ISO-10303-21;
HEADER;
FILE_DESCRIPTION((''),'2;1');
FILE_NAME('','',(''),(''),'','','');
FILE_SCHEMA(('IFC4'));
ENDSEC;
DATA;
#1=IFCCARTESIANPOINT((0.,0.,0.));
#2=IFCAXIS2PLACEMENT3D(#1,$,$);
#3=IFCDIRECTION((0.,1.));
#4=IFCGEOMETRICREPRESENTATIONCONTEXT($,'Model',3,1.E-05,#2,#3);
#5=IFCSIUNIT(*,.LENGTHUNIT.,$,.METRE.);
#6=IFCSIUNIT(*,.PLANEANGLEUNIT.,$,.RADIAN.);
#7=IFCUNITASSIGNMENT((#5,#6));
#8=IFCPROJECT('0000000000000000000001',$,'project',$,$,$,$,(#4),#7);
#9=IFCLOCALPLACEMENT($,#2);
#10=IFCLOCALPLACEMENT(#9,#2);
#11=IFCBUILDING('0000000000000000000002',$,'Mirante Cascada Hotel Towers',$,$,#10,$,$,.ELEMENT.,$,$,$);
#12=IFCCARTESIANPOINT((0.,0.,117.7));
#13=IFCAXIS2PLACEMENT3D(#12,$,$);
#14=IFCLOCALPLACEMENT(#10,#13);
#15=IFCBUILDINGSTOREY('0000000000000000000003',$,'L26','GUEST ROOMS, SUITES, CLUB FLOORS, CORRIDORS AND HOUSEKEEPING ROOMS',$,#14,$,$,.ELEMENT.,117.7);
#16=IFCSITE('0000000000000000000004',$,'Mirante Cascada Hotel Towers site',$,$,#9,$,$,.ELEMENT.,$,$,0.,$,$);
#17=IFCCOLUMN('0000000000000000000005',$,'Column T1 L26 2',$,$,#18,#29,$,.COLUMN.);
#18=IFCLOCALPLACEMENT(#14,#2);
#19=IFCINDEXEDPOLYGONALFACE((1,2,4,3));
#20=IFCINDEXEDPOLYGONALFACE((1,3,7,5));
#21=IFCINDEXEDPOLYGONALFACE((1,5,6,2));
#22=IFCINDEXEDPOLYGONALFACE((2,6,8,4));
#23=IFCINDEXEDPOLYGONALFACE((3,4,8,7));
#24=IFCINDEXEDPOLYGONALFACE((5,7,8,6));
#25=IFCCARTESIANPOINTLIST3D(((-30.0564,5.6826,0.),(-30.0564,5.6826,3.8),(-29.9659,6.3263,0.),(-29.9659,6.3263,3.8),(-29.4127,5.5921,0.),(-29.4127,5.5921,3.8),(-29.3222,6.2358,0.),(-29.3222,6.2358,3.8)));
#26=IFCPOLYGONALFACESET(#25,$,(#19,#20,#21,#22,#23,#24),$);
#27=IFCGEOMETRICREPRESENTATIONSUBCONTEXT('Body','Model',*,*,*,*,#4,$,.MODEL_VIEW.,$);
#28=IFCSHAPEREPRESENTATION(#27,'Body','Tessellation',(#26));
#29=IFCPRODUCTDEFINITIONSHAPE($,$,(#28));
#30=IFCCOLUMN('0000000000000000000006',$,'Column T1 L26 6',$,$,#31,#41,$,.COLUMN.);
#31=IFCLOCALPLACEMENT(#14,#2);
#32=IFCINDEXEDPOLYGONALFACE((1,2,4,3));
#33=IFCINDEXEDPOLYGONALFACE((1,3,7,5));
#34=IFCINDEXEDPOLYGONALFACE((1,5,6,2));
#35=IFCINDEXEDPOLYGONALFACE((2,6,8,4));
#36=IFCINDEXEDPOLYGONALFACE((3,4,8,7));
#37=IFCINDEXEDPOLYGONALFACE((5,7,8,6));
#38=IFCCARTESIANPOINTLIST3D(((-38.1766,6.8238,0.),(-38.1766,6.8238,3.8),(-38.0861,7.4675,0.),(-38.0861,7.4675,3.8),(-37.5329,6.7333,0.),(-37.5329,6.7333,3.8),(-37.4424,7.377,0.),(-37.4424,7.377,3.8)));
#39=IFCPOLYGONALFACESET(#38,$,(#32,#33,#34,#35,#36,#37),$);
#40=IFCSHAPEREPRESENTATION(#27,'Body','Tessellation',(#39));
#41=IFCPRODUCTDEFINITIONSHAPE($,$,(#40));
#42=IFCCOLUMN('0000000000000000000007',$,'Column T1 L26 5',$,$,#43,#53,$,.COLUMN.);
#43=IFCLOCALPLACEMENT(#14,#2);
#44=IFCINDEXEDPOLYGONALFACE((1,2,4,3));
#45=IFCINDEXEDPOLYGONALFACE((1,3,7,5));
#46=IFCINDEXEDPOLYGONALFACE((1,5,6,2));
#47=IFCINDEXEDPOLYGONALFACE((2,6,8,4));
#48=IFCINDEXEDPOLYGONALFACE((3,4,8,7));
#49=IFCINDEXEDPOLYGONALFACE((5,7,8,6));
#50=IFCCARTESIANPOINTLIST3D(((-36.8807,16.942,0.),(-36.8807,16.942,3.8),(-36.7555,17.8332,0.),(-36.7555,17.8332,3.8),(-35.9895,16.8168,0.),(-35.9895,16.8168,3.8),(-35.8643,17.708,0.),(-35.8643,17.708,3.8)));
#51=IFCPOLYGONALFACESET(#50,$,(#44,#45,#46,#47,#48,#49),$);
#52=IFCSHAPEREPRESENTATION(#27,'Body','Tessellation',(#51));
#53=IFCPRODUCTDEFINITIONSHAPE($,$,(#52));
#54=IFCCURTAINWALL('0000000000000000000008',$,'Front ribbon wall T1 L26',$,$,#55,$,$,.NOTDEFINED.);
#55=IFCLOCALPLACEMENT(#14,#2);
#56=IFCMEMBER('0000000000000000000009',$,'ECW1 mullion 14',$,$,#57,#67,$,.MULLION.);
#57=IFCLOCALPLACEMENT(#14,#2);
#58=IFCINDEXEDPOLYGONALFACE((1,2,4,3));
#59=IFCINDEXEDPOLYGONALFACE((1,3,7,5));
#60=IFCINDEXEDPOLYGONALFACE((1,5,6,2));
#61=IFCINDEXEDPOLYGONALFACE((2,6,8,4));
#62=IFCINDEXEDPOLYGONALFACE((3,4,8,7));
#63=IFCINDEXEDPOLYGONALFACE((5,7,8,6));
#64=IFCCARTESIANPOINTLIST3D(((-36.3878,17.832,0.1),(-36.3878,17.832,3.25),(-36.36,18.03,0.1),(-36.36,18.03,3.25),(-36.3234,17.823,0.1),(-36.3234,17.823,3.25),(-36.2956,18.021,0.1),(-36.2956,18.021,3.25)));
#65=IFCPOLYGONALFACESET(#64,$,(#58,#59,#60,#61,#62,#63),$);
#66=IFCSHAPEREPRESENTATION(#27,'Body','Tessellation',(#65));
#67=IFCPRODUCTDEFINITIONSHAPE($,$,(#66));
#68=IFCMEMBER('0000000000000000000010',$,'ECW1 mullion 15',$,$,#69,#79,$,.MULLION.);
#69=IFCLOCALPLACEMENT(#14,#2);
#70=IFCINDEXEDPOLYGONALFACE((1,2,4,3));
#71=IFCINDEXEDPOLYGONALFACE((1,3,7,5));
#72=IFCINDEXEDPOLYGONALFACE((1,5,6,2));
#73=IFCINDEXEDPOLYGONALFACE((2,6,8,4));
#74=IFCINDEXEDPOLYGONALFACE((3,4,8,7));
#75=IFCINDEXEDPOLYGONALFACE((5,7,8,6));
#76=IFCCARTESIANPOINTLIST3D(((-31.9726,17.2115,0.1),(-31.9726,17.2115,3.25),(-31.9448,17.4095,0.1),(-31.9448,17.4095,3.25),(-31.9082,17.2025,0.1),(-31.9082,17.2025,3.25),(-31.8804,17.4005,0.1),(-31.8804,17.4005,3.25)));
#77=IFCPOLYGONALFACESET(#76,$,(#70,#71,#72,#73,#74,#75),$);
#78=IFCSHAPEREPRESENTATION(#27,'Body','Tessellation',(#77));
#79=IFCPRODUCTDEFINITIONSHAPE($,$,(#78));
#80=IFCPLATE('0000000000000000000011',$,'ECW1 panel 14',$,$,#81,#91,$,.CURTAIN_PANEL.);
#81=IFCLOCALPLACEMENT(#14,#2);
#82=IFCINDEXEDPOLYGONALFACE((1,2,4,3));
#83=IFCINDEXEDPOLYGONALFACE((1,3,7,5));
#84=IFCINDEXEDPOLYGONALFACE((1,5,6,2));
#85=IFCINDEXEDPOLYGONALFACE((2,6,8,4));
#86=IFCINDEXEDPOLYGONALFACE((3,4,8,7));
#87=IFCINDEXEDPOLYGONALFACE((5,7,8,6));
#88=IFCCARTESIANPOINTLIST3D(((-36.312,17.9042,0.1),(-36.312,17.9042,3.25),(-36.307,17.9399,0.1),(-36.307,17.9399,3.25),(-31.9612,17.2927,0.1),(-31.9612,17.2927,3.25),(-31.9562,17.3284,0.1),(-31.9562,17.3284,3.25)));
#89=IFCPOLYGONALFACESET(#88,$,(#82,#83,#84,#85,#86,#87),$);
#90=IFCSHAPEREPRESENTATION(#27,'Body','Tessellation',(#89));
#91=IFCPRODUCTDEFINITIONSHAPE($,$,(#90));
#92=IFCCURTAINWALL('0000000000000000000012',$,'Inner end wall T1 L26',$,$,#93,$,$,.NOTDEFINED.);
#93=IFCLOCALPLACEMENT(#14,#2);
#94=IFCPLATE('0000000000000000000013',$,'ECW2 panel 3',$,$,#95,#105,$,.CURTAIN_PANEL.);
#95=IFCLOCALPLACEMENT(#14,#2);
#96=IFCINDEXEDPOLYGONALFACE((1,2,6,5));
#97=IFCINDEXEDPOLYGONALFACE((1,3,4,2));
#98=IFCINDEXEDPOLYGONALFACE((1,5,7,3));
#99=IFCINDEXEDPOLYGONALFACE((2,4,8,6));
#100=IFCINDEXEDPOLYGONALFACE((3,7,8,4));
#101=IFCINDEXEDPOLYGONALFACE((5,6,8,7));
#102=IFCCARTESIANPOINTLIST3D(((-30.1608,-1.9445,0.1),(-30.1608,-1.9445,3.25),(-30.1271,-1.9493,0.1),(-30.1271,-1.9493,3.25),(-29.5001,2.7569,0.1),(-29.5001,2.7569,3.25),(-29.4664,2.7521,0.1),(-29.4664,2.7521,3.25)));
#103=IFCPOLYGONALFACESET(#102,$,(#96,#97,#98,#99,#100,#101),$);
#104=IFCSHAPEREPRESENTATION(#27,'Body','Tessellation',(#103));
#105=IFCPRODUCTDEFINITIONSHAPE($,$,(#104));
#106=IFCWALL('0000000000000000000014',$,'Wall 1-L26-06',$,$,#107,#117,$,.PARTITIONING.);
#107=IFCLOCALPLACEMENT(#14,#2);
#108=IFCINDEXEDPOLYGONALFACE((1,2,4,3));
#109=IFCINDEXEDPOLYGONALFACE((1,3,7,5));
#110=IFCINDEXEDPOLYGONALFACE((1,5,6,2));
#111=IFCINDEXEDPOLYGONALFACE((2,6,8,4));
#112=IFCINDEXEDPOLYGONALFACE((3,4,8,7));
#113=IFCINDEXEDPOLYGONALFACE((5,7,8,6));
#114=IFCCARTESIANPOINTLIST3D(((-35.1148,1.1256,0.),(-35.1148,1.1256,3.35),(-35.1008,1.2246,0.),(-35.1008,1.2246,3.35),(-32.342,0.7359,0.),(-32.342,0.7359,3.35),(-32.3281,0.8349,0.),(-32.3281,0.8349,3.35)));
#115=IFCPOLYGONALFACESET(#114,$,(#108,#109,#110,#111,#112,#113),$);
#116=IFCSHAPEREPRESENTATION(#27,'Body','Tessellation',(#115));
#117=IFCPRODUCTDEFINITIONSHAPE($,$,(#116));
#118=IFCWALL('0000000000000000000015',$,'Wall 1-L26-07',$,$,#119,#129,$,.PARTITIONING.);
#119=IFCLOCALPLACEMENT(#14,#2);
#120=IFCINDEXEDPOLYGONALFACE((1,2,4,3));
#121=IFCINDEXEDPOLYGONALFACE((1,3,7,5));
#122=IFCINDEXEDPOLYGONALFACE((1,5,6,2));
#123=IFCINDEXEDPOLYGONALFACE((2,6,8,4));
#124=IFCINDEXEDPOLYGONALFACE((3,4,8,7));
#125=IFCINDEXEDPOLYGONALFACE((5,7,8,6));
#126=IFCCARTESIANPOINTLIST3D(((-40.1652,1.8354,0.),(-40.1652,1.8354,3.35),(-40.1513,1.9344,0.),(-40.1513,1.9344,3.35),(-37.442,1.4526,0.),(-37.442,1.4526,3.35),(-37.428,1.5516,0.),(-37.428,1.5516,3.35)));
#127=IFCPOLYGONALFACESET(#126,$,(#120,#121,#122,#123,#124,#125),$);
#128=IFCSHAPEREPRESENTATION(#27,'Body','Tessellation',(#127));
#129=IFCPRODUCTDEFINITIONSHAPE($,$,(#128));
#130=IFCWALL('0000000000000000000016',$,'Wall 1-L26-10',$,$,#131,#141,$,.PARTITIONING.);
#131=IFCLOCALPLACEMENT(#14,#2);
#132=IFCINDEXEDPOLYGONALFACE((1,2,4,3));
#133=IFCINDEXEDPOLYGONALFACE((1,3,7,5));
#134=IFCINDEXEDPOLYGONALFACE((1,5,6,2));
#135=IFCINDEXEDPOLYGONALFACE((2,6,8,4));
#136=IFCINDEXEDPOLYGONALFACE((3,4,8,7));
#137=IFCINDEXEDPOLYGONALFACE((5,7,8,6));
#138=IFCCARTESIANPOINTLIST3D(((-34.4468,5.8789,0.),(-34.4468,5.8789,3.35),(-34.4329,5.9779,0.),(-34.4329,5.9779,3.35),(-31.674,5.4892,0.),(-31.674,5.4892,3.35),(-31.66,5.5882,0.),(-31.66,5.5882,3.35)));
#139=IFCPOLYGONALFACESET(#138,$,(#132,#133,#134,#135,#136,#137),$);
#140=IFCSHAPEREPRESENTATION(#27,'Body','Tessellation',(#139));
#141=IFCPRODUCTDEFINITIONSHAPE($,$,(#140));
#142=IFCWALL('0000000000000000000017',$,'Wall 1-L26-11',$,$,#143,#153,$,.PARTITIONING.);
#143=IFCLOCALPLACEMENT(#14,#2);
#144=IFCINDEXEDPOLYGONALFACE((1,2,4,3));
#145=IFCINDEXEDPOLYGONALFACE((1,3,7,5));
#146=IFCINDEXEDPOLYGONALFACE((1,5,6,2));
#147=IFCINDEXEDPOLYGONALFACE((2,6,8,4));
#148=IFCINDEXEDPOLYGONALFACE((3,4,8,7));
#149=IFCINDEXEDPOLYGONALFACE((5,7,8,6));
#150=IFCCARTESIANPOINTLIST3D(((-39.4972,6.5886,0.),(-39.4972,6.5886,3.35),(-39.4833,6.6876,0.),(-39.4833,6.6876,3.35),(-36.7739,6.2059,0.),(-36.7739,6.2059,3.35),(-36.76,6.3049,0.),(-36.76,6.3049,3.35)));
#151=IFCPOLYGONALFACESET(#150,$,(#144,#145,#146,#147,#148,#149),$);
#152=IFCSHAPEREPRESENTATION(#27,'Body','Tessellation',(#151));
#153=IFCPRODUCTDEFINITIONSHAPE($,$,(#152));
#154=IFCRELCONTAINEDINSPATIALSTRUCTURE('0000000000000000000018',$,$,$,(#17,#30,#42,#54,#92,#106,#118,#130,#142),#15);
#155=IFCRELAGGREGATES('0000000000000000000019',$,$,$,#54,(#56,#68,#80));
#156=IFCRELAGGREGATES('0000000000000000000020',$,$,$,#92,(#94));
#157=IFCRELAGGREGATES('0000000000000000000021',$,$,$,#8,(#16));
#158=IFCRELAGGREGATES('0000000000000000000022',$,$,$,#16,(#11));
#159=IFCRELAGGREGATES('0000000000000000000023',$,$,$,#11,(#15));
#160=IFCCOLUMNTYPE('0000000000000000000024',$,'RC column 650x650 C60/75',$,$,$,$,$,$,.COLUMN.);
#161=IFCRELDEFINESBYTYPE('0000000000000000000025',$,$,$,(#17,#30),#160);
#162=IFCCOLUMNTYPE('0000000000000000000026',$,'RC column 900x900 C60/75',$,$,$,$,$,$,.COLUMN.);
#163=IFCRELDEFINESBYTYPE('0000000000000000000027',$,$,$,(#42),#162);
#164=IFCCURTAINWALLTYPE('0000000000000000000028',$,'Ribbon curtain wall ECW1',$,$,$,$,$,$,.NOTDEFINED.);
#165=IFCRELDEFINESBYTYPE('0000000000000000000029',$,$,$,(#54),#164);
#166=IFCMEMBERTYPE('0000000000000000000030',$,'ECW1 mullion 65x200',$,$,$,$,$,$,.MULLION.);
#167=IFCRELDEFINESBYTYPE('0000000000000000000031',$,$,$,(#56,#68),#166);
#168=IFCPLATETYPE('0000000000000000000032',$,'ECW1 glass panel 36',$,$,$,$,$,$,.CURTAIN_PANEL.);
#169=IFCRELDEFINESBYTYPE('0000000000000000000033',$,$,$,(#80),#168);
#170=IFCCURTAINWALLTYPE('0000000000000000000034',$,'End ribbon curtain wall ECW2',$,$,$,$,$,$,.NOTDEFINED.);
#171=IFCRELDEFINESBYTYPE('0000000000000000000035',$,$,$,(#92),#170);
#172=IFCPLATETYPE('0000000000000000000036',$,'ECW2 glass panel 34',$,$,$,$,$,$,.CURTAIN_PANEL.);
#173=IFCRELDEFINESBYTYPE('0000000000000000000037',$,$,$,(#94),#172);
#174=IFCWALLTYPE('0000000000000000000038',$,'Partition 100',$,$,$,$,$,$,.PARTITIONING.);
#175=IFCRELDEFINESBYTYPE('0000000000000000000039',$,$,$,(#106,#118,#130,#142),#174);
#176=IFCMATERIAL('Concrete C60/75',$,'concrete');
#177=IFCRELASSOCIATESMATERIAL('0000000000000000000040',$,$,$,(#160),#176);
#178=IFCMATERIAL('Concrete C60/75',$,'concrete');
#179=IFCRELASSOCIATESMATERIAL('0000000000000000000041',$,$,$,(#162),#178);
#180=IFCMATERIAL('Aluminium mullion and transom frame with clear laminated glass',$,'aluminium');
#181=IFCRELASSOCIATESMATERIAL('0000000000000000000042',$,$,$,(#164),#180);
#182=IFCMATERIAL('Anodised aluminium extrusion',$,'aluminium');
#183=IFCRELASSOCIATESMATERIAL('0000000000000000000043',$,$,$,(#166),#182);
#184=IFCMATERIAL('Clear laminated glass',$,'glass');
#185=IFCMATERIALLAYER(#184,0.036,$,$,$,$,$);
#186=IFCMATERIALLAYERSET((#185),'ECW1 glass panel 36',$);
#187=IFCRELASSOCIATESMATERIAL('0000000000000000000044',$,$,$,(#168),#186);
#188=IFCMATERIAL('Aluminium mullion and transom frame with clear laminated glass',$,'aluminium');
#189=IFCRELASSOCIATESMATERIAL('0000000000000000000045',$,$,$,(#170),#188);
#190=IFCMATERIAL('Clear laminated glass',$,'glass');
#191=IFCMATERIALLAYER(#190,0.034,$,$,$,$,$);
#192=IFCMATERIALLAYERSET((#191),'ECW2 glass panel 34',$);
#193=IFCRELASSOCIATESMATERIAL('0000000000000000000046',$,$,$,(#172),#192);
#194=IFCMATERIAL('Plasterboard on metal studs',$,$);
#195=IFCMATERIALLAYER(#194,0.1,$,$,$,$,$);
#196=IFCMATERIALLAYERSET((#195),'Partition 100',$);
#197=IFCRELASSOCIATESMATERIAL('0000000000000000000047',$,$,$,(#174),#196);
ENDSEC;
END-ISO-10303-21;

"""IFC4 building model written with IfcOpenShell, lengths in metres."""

from ifc_helpers import new_model, si_unit, direction, frame, frame_2d, origin, origin_2d, place, context, subcontext, project, spatial, rectangle, extrude, material, layer, layer_set, material_profile, profile_set, type_object, element, aggregate, save


model = new_model("IFC4")

# Units and contexts
model_context = context("Model", 3, precision=1e-05, world=origin(), true_north=direction((0.0, 1.0)))
body_context = subcontext(model_context, "Body", "Model", "MODEL_VIEW")
ifc_project = project(units=[si_unit("LENGTHUNIT", "METRE"), si_unit("PLANEANGLEUNIT", "RADIAN")], contexts=[model_context])

# Site, building, storey
site_placement = place(None, origin())
site = spatial("IfcSite", under=ifc_project, at=site_placement, Name="Mirante Cascada Hotel Towers site", CompositionType="ELEMENT", RefElevation=0.0)
building_placement = place(site_placement, origin())
building = spatial("IfcBuilding", under=site, at=building_placement, Name="Mirante Cascada Hotel Towers", CompositionType="ELEMENT")
storey_placement = place(building_placement, frame((0.0, 0.0, 117.7)))
storey = spatial("IfcBuildingStorey", under=building, at=storey_placement, Name="L26", Description="GUEST ROOMS, SUITES, CLUB FLOORS, CORRIDORS AND HOUSEKEEPING ROOMS", CompositionType="ELEMENT", Elevation=117.7)

# Columns
ifc_material_1 = material(Name="Concrete C60/75", Category="concrete")
ifc_material_profile_1 = material_profile(ifc_material_1, rectangle(XDim=0.65, YDim=0.65, at=origin_2d()), Name="RC column 650x650 C60/75")
ifc_profile_set_1 = profile_set([ifc_material_profile_1], Name="Concrete C60/75")
column_type_1 = type_object("IfcColumnType", Name="RC column 650x650 C60/75", PredefinedType="COLUMN", material=ifc_profile_set_1)
for number, where, z_axis, x_axis, name in (
    (1, (-29.6893, 5.9592, 0.0), (0.0, 0.0, 1.0), (-0.990268, 0.139173, 0.0), "Column T1 L26 2"),
    (2, (-37.8095, 7.1004, 0.0), (0.0, 0.0, 1.0), (-0.990268, 0.139173, 0.0), "Column T1 L26 6"),
):
    element("IfcColumn", number, at=place(storey_placement, frame(where, z_axis=z_axis, x_axis=x_axis)), inside=storey, type_object=column_type_1, Name=name, PredefinedType="COLUMN", context=body_context, shape_type="SweptSolid", body=[
        extrude(rectangle(XDim=0.65, YDim=0.65, at=origin_2d()), origin(), (0.0, 0.0, 1.0), 3.8),
    ])
ifc_material_2 = material(Name="Concrete C60/75", Category="concrete")
ifc_material_profile_2 = material_profile(ifc_material_2, rectangle(XDim=0.9, YDim=0.9, at=origin_2d()), Name="RC column 900x900 C60/75")
ifc_profile_set_2 = profile_set([ifc_material_profile_2], Name="Concrete C60/75")
column_type_2 = type_object("IfcColumnType", Name="RC column 900x900 C60/75", PredefinedType="COLUMN", material=ifc_profile_set_2)
column_placement = place(storey_placement, frame((-36.3725, 17.325, 0.0), z_axis=(0.0, 0.0, 1.0), x_axis=(-0.990268, 0.139173, 0.0)))
element("IfcColumn", 3, at=column_placement, inside=storey, type_object=column_type_2, Name="Column T1 L26 5", PredefinedType="COLUMN", context=body_context, shape_type="SweptSolid", body=[
    extrude(rectangle(XDim=0.9, YDim=0.9, at=origin_2d()), origin(), (0.0, 0.0, 1.0), 3.8),
])

# Curtain wall, members, plate
ifc_material_3 = material(Name="Aluminium mullion and transom frame with clear laminated glass", Category="aluminium")
curtain_wall_type_1 = type_object("IfcCurtainWallType", Name="Ribbon curtain wall ECW1", PredefinedType="NOTDEFINED", material=ifc_material_3)
curtain_wall_1_placement = place(storey_placement, origin())
curtain_wall_1 = element("IfcCurtainWall", 4, at=curtain_wall_1_placement, inside=storey, type_object=curtain_wall_type_1, Name="Front ribbon wall T1 L26", PredefinedType="NOTDEFINED")
ifc_material_4 = material(Name="Anodised aluminium extrusion", Category="aluminium")
ifc_material_profile_3 = material_profile(ifc_material_4, rectangle(XDim=0.2, YDim=0.065, at=origin_2d()), Name="ECW1 MULLION 65x200")
ifc_profile_set_3 = profile_set([ifc_material_profile_3], Name="Anodised aluminium extrusion")
member_type = type_object("IfcMemberType", Name="ECW1 mullion 65x200", PredefinedType="MULLION", material=ifc_profile_set_3)
member_1_placement = place(storey_placement, frame((-36.3417, 17.9265, 0.1), z_axis=(0.0, 0.0, 1.0), x_axis=(0.139173, 0.990268, 0.0)))
member_1 = element("IfcMember", 5, at=member_1_placement, type_object=member_type, Name="ECW1 mullion 14", PredefinedType="MULLION", context=body_context, shape_type="SweptSolid", body=[
    extrude(rectangle(XDim=0.2, YDim=0.065, at=origin_2d()), origin(), (0.0, 0.0, 1.0), 3.15),
])
member_2_placement = place(storey_placement, frame((-31.9265, 17.306, 0.1), z_axis=(0.0, 0.0, 1.0), x_axis=(0.139173, 0.990268, 0.0)))
member_2 = element("IfcMember", 6, at=member_2_placement, type_object=member_type, Name="ECW1 mullion 15", PredefinedType="MULLION", context=body_context, shape_type="SweptSolid", body=[
    extrude(rectangle(XDim=0.2, YDim=0.065, at=origin_2d()), origin(), (0.0, 0.0, 1.0), 3.15),
])
ifc_material_5 = material(Name="Clear laminated glass", Category="glass")
ifc_layer_1 = layer(ifc_material_5, 0.036)
ifc_layer_set_1 = layer_set([ifc_layer_1], Name="ECW1 glass panel 36")
plate_type_1 = type_object("IfcPlateType", Name="ECW1 glass panel 36", PredefinedType="CURTAIN_PANEL", material=ifc_layer_set_1)
plate_1_placement = place(storey_placement, frame((-34.1341, 17.6163, 0.1), z_axis=(0.0, 0.0, 1.0), x_axis=(0.990268, -0.139173, 0.0)))
plate_1 = element("IfcPlate", 7, at=plate_1_placement, type_object=plate_type_1, Name="ECW1 panel 14", PredefinedType="CURTAIN_PANEL", context=body_context, shape_type="SweptSolid", body=[
    extrude(rectangle(XDim=4.3936, YDim=0.036, at=origin_2d()), origin(), (0.0, 0.0, 1.0), 3.15),
])
aggregate(curtain_wall_1, [member_1, member_2, plate_1])

# Curtain wall, plate
ifc_material_6 = material(Name="Aluminium mullion and transom frame with clear laminated glass", Category="aluminium")
curtain_wall_type_2 = type_object("IfcCurtainWallType", Name="End ribbon curtain wall ECW2", PredefinedType="NOTDEFINED", material=ifc_material_6)
curtain_wall_2_placement = place(storey_placement, origin())
curtain_wall_2 = element("IfcCurtainWall", 8, at=curtain_wall_2_placement, inside=storey, type_object=curtain_wall_type_2, Name="Inner end wall T1 L26", PredefinedType="NOTDEFINED")
ifc_material_7 = material(Name="Clear laminated glass", Category="glass")
ifc_layer_2 = layer(ifc_material_7, 0.034)
ifc_layer_set_2 = layer_set([ifc_layer_2], Name="ECW2 glass panel 34")
plate_type_2 = type_object("IfcPlateType", Name="ECW2 glass panel 34", PredefinedType="CURTAIN_PANEL", material=ifc_layer_set_2)
plate_2_placement = place(storey_placement, frame((-29.8136, 0.4038, 0.1), z_axis=(0.0, 0.0, 1.0), x_axis=(-0.139173, -0.990268, 0.0)))
plate_2 = element("IfcPlate", 9, at=plate_2_placement, type_object=plate_type_2, Name="ECW2 panel 3", PredefinedType="CURTAIN_PANEL", context=body_context, shape_type="SweptSolid", body=[
    extrude(rectangle(XDim=4.7476, YDim=0.034, at=origin_2d()), origin(), (0.0, 0.0, 1.0), 3.15),
])
aggregate(curtain_wall_2, [plate_2])

# Walls
ifc_material_8 = material(Name="Plasterboard on metal studs")
ifc_layer_3 = layer(ifc_material_8, 0.1)
ifc_layer_set_3 = layer_set([ifc_layer_3], Name="Partition 100")
wall_type_1 = type_object("IfcWallType", Name="Partition 100", PredefinedType="PARTITIONING", material=ifc_layer_set_3)
wall_1_placement = place(storey_placement, frame((-35.1078, 1.1751, 0.0), z_axis=(0.0, 0.0, 1.0), x_axis=(0.990267, -0.139181, 0.0)))
element("IfcWall", 10, at=wall_1_placement, inside=storey, type_object=wall_type_1, Name="Wall 1-L26-06", PredefinedType="PARTITIONING", context=body_context, shape_type="SweptSolid", body=[
    extrude(rectangle(XDim=2.8, YDim=0.1, at=frame_2d((1.4, 0.0))), origin(), (0.0, 0.0, 1.0), 3.35),
])
wall_2_placement = place(storey_placement, frame((-37.435, 1.5021, 0.0), z_axis=(0.0, 0.0, 1.0), x_axis=(-0.990264, 0.139201, 0.0)))
element("IfcWall", 11, at=wall_2_placement, inside=storey, type_object=wall_type_1, Name="Wall 1-L26-07", PredefinedType="PARTITIONING", context=body_context, shape_type="SweptSolid", body=[
    extrude(rectangle(XDim=2.75, YDim=0.1, at=frame_2d((1.375, 0.0))), origin(), (0.0, 0.0, 1.0), 3.35),
])
wall_3_placement = place(storey_placement, frame((-34.4398, 5.9284, 0.0), z_axis=(0.0, 0.0, 1.0), x_axis=(0.990268, -0.139176, 0.0)))
element("IfcWall", 12, at=wall_3_placement, inside=storey, type_object=wall_type_1, Name="Wall 1-L26-10", PredefinedType="PARTITIONING", context=body_context, shape_type="SweptSolid", body=[
    extrude(rectangle(XDim=2.8001, YDim=0.1, at=frame_2d((1.4, 0.0))), origin(), (0.0, 0.0, 1.0), 3.35),
])
wall_4_placement = place(storey_placement, frame((-36.7669, 6.2554, 0.0), z_axis=(0.0, 0.0, 1.0), x_axis=(-0.99027, 0.139161, 0.0)))
element("IfcWall", 13, at=wall_4_placement, inside=storey, type_object=wall_type_1, Name="Wall 1-L26-11", PredefinedType="PARTITIONING", context=body_context, shape_type="SweptSolid", body=[
    extrude(rectangle(XDim=2.7501, YDim=0.1, at=frame_2d((1.3751, 0.0))), origin(), (0.0, 0.0, 1.0), 3.35),
])

save(model, "model.ifc")
